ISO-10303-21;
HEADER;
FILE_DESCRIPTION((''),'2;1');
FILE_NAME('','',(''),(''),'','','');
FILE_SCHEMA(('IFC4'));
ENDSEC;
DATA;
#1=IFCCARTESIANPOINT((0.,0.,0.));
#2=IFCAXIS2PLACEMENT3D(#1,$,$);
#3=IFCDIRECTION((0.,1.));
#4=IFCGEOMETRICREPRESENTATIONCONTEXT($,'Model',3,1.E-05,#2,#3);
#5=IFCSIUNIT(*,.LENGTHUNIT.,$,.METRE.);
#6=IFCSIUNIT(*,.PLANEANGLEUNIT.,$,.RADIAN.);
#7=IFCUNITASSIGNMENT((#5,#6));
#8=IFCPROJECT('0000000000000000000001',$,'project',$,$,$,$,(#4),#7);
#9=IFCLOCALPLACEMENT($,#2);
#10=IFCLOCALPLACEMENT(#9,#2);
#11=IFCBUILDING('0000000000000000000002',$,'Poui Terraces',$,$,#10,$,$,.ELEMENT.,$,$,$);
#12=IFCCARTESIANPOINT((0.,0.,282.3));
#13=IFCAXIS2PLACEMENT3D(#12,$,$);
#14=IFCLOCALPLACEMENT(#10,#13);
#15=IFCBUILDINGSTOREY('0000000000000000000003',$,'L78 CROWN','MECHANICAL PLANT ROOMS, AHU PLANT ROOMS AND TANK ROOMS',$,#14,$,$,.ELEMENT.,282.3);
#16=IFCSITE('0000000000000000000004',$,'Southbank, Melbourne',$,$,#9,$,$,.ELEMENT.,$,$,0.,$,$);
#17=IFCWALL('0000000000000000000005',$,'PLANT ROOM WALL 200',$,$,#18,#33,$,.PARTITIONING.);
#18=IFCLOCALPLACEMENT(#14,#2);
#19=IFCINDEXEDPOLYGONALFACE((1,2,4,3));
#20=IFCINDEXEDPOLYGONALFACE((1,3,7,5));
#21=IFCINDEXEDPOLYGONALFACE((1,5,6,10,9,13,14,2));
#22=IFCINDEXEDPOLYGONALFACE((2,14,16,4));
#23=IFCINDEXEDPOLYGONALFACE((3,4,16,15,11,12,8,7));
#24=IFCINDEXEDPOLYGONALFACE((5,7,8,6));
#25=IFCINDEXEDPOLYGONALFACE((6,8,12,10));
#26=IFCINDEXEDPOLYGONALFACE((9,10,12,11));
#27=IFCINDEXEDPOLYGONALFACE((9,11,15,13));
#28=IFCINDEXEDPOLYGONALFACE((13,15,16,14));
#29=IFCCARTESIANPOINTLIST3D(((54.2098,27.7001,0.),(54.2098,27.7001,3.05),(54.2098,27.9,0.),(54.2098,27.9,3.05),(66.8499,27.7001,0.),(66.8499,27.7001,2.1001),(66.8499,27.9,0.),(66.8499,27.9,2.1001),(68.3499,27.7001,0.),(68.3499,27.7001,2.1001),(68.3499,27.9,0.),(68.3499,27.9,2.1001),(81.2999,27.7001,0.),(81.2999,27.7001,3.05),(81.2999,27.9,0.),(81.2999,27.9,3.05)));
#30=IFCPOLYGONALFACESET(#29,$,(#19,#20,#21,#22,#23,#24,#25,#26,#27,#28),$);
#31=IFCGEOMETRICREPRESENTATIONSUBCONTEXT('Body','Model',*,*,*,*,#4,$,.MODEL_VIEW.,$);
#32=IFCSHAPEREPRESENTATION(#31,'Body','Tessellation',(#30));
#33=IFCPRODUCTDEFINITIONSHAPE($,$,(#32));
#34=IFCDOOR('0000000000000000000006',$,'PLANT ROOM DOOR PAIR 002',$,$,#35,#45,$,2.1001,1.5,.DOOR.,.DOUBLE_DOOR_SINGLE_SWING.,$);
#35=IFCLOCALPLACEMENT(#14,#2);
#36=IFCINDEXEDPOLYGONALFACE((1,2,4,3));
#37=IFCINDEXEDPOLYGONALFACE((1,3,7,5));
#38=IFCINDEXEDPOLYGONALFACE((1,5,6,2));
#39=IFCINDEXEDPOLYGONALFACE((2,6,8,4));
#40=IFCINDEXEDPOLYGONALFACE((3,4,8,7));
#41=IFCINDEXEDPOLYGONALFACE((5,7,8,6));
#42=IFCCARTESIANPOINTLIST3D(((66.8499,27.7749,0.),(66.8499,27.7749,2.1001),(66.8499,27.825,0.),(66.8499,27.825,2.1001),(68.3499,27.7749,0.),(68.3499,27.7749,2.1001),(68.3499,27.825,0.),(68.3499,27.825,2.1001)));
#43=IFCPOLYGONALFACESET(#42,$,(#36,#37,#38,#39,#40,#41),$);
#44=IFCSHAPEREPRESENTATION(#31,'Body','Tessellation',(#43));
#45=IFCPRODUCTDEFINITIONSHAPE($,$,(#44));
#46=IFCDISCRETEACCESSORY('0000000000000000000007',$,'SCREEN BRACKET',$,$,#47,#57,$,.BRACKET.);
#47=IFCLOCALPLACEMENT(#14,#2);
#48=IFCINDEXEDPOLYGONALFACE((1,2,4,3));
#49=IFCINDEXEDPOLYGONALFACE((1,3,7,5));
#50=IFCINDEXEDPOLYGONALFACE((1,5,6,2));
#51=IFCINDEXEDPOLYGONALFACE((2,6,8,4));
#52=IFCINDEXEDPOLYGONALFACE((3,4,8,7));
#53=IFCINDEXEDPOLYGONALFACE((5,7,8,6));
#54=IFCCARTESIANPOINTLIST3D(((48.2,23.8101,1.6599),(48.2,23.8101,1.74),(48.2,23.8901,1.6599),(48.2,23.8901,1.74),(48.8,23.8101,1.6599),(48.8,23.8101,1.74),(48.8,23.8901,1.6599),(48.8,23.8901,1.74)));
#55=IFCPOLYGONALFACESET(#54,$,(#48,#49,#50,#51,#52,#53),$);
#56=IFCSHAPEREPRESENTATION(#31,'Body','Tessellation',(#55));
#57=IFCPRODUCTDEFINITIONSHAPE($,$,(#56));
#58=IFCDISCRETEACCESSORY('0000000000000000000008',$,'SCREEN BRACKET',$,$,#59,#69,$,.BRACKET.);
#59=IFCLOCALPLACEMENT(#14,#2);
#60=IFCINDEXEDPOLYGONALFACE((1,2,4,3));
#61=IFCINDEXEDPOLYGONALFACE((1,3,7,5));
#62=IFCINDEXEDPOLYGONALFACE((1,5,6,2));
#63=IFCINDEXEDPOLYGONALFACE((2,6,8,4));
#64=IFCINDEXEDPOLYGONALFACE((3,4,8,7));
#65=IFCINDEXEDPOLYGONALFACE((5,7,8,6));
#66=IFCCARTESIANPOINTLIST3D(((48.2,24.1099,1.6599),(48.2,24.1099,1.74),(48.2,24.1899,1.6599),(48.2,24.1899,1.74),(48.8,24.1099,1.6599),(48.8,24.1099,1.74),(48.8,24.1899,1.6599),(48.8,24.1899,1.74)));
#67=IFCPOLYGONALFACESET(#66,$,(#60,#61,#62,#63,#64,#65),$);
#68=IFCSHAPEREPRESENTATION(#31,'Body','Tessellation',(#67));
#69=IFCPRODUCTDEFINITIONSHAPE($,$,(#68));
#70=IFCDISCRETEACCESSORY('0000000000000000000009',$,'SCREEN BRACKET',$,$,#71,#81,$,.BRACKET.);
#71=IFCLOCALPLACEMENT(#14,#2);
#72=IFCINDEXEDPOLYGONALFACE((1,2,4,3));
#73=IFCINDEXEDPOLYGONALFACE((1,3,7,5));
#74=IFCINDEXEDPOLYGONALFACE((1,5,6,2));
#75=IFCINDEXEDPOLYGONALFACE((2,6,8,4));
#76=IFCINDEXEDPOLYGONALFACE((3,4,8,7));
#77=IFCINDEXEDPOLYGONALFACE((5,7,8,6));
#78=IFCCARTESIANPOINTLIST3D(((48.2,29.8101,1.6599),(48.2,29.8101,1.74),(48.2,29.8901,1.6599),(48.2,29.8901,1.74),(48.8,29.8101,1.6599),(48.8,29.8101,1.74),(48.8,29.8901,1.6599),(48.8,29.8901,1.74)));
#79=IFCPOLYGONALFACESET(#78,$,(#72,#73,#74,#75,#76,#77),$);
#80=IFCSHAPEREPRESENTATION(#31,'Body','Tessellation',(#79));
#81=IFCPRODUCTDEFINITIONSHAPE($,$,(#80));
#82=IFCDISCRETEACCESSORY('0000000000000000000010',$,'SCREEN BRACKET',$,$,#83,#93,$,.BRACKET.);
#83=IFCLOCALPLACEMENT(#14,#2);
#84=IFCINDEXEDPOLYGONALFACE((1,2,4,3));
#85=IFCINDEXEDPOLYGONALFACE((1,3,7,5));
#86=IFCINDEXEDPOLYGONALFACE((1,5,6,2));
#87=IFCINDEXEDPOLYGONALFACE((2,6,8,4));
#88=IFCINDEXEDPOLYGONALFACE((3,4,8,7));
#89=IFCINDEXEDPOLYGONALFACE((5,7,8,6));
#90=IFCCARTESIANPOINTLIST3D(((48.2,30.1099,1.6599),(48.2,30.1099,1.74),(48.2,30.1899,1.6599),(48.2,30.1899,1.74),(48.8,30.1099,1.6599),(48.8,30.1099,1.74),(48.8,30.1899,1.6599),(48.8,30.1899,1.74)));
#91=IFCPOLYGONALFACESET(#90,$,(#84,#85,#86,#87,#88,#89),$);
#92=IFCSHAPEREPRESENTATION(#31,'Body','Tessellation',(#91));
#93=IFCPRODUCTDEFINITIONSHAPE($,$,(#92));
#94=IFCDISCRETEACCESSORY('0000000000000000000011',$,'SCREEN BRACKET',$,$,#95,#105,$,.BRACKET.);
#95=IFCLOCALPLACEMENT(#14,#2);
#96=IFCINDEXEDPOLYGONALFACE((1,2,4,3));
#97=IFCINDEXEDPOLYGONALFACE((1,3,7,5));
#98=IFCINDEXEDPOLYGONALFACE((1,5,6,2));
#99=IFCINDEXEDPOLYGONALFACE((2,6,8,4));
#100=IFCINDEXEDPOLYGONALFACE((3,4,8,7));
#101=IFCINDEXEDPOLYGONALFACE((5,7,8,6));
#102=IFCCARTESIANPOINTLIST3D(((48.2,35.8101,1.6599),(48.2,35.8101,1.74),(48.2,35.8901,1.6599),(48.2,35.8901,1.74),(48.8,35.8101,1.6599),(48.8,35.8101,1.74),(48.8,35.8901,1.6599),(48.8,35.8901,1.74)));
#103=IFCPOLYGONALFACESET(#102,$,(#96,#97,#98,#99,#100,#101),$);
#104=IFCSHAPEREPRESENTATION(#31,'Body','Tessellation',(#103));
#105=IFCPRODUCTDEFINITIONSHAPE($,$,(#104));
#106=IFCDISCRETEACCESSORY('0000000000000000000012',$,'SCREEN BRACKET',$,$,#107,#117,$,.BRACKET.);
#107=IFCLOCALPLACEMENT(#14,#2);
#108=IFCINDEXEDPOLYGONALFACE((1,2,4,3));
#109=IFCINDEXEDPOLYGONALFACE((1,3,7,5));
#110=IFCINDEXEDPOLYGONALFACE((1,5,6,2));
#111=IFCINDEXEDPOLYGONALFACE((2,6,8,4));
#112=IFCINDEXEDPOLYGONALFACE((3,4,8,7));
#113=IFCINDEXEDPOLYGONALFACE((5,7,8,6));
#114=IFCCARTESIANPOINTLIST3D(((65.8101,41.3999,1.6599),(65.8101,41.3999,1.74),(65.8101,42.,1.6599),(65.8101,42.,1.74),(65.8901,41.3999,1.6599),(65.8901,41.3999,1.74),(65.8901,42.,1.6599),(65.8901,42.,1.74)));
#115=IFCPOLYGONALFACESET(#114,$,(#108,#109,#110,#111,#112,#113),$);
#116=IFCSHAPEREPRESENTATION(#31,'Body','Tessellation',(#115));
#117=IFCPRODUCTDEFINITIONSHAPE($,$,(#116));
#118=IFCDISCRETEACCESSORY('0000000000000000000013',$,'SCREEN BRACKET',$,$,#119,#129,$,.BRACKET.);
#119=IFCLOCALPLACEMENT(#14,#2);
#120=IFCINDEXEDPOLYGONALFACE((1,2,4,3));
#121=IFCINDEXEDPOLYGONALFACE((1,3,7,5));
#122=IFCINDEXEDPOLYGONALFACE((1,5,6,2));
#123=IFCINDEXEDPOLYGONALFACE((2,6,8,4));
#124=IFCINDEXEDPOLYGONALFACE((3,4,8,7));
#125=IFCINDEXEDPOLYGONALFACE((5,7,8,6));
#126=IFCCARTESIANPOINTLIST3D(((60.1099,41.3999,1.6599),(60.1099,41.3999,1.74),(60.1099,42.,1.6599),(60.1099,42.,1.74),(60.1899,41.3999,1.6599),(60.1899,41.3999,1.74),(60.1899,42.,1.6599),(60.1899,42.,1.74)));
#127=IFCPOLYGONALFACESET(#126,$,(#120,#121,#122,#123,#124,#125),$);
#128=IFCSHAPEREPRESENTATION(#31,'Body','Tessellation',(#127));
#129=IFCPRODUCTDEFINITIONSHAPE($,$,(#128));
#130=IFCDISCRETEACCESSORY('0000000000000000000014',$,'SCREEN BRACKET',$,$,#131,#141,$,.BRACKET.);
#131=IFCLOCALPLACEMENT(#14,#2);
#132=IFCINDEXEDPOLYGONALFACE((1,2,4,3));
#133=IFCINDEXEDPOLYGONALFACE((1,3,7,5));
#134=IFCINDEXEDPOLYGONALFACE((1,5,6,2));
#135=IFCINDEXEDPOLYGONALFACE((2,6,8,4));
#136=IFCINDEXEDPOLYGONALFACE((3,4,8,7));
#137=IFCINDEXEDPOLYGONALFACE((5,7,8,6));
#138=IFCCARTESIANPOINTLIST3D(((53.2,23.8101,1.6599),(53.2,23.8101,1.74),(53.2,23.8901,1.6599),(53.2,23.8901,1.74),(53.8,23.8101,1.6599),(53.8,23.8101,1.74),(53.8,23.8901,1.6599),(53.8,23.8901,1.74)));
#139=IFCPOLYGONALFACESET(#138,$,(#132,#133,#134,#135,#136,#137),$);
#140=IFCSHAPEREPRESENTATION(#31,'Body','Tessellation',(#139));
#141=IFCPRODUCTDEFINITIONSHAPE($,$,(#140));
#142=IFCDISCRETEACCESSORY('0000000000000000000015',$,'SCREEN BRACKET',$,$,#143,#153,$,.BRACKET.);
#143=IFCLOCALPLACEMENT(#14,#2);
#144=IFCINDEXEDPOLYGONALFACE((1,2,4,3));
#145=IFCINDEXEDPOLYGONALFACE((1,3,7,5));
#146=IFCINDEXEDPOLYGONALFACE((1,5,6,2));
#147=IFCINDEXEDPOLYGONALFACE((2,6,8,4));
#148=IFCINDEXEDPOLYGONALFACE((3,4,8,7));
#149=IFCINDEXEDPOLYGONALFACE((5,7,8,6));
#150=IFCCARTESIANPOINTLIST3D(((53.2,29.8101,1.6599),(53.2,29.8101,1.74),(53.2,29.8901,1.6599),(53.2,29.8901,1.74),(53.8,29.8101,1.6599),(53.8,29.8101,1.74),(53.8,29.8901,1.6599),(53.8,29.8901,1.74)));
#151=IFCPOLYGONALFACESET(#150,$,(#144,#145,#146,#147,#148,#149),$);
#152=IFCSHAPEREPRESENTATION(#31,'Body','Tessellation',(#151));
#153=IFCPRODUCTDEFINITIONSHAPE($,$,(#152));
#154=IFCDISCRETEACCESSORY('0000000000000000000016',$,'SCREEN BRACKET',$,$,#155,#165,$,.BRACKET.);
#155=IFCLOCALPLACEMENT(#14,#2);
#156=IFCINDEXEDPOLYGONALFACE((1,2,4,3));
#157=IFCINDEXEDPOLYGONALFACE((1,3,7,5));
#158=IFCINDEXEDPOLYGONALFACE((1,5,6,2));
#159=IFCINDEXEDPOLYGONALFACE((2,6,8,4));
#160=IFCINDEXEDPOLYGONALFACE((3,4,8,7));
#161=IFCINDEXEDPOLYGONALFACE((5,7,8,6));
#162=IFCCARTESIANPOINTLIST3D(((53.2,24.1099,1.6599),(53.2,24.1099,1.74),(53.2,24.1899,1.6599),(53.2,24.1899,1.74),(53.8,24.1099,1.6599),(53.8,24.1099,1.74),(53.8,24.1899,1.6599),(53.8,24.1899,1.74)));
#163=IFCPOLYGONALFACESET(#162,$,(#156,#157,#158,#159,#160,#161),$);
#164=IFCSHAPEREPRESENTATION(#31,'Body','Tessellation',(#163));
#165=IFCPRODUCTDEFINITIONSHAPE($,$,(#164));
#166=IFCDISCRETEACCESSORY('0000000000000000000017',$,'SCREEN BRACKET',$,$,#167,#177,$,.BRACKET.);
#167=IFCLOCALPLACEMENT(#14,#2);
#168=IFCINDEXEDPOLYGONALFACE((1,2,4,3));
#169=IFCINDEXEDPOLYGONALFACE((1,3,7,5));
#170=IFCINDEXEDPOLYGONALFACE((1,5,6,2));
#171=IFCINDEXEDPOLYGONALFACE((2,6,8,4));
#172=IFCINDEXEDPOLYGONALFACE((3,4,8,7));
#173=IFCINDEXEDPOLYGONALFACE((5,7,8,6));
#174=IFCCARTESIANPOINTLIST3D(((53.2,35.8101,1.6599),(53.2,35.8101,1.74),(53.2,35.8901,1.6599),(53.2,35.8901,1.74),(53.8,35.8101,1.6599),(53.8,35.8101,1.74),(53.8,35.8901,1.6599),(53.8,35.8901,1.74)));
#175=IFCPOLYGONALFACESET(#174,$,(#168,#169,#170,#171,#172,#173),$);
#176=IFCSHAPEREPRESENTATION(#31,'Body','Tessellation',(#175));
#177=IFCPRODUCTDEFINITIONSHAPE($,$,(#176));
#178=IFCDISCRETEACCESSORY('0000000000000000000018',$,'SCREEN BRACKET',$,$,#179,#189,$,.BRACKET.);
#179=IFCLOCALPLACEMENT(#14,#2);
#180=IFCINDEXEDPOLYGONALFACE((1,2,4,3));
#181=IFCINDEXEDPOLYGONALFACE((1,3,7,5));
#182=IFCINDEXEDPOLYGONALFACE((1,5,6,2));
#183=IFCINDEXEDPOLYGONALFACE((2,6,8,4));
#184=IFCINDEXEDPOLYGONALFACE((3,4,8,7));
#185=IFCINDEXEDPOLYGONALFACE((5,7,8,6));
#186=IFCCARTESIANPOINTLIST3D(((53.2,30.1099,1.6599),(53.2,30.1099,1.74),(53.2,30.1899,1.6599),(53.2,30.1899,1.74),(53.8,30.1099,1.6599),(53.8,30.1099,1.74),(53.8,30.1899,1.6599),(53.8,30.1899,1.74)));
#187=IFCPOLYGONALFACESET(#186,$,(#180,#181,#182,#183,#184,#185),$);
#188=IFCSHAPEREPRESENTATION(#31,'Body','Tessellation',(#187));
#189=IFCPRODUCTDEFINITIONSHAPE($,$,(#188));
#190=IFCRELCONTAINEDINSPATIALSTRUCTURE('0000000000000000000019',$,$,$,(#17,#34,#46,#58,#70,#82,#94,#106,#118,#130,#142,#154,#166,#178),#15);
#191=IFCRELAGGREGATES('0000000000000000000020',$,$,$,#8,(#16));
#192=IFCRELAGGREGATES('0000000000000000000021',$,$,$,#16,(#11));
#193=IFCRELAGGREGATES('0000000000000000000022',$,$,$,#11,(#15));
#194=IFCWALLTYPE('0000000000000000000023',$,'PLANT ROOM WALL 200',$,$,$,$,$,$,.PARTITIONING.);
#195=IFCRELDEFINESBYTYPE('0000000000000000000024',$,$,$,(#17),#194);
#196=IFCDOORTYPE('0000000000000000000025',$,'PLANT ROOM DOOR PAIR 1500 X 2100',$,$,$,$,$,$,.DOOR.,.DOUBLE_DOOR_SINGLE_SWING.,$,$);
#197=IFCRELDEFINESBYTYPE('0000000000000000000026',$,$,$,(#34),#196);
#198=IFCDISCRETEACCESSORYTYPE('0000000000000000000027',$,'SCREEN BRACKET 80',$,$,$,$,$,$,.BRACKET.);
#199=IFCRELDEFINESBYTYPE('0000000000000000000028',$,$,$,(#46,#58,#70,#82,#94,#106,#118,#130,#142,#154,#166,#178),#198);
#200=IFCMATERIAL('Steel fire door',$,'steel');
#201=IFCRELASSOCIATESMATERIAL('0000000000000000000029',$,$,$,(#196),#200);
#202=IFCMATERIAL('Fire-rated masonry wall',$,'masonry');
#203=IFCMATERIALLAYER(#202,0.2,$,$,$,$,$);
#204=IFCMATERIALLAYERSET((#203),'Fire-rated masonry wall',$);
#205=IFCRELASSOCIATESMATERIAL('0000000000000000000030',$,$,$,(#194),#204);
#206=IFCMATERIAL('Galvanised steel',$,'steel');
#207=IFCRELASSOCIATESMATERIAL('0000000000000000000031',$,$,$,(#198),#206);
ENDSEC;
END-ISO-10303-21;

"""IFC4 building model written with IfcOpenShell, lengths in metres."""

from ifc_helpers import new_model, si_unit, direction, frame, frame_2d, origin, origin_2d, place, context, subcontext, project, spatial, rectangle, extrude, source, transform, mapped, material, layer, layer_set, material_profile, profile_set, type_object, element, fill, save


model = new_model("IFC4")

# Units and contexts
model_context = context("Model", 3, precision=1e-05, world=origin(), true_north=direction((0.0, 1.0)))
body_context = subcontext(model_context, "Body", "Model", "MODEL_VIEW")
ifc_project = project(units=[si_unit("LENGTHUNIT", "METRE"), si_unit("PLANEANGLEUNIT", "RADIAN")], contexts=[model_context])

# Site, building, storey
site_placement = place(None, origin())
site = spatial("IfcSite", under=ifc_project, at=site_placement, Name="Southbank, Melbourne", CompositionType="ELEMENT", RefElevation=0.0)
building_placement = place(site_placement, origin())
building = spatial("IfcBuilding", under=site, at=building_placement, Name="Poui Terraces", CompositionType="ELEMENT")
storey_placement = place(building_placement, frame((0.0, 0.0, 282.3)))
storey = spatial("IfcBuildingStorey", under=building, at=storey_placement, Name="L78 CROWN", Description="MECHANICAL PLANT ROOMS, AHU PLANT ROOMS AND TANK ROOMS", CompositionType="ELEMENT", Elevation=282.3)

# Shared definitions
ifc_material_1 = material(Name="Steel fire door", Category="steel")
door_type = type_object("IfcDoorType", Name="PLANT ROOM DOOR PAIR 1500 X 2100", OperationType="DOUBLE_DOOR_SINGLE_SWING", PredefinedType="DOOR", material=ifc_material_1)

# Shared definitions
ifc_material_2 = material(Name="Fire-rated masonry wall", Category="masonry")
ifc_layer_1 = layer(ifc_material_2, 0.2)
ifc_layer_set_1 = layer_set([ifc_layer_1], Name="Fire-rated masonry wall")
wall_type_1 = type_object("IfcWallType", Name="PLANT ROOM WALL 200", PredefinedType="PARTITIONING", material=ifc_layer_set_1)

# Wall, opening, door
wall_1_placement = place(storey_placement, frame((54.21, 27.8, 0.0), z_axis=(0.0, 0.0, 1.0), x_axis=(1.0, 0.0, 0.0)))
wall_1 = element("IfcWall", 1, at=wall_1_placement, inside=storey, type_object=wall_type_1, Name="PLANT ROOM WALL 200", PredefinedType="PARTITIONING", context=body_context, shape_type="SweptSolid", body=[
    extrude(rectangle(XDim=27.0901, YDim=0.2, at=frame_2d((13.5449, 0.0))), origin(), (0.0, 0.0, 1.0), 3.05),
])
opening_1_placement = place(wall_1_placement, frame((12.6399, 0.0, 0.0)))
opening_1 = element("IfcOpeningElement", 2, at=opening_1_placement, cuts=wall_1, PredefinedType="OPENING", context=body_context, shape_type="SweptSolid", body=[
    extrude(rectangle(XDim=1.5, YDim=2.1001, at=frame_2d((0.75, 1.05))), frame((0.0, 0.1099, 0.0), z_axis=(0.0, -1.0, 0.0), x_axis=(1.0, 0.0, 0.0)), (0.0, 0.0, 1.0), 0.22),
])
door_1_placement = place(opening_1_placement, origin())
door_1 = element("IfcDoor", 3, at=door_1_placement, inside=storey, type_object=door_type, Name="PLANT ROOM DOOR PAIR 002", OperationType="DOUBLE_DOOR_SINGLE_SWING", OverallHeight=2.1001, OverallWidth=1.5, PredefinedType="DOOR", context=body_context, shape_type="SweptSolid", body=[
    extrude(rectangle(XDim=1.5, YDim=2.1001, at=frame_2d((0.75, 1.05))), frame((0.0, 0.0249, 0.0), z_axis=(0.0, -1.0, 0.0), x_axis=(1.0, 0.0, 0.0)), (0.0, 0.0, 1.0), 0.05),
])
fill(opening_1, door_1)

# Discrete accessories
ifc_material_3 = material(Name="Galvanised steel", Category="steel")
ifc_material_profile_1 = material_profile(ifc_material_3, rectangle(XDim=0.0801, YDim=0.0801, at=origin_2d()), Name="SCREEN BRACKET 80")
ifc_profile_set_1 = profile_set([ifc_material_profile_1], Name="Galvanised steel")
discrete_accessory_type = type_object("IfcDiscreteAccessoryType", Name="SCREEN BRACKET 80", PredefinedType="BRACKET", material=ifc_profile_set_1)
shared_shape_1 = source(origin(), body_context, "Body", "SweptSolid", [
    extrude(rectangle(XDim=0.0801, YDim=0.0801, at=origin_2d()), origin(), (0.0, 0.0, 1.0), 0.6001),
])
for number, where, z_axis, x_axis, name in (
    (4, (48.2, 23.8501, 1.7), (1.0, 0.0, 0.0), (0.0, 1.0, 0.0), "SCREEN BRACKET"),
    (5, (48.2, 24.1499, 1.7), (1.0, 0.0, 0.0), (0.0, 1.0, 0.0), "SCREEN BRACKET"),
    (6, (48.2, 29.8501, 1.7), (1.0, 0.0, 0.0), (0.0, 1.0, 0.0), "SCREEN BRACKET"),
    (7, (48.2, 30.1499, 1.7), (1.0, 0.0, 0.0), (0.0, 1.0, 0.0), "SCREEN BRACKET"),
    (8, (48.2, 35.8501, 1.7), (1.0, 0.0, 0.0), (0.0, 1.0, 0.0), "SCREEN BRACKET"),
    (9, (65.8501, 41.3999, 1.7), (0.0, 1.0, 0.0), (-1.0, 0.0, 0.0), "SCREEN BRACKET"),
    (10, (60.1499, 41.3999, 1.7), (0.0, 1.0, 0.0), (-1.0, 0.0, 0.0), "SCREEN BRACKET"),
    (11, (53.8, 23.8501, 1.7), (-1.0, 0.0, 0.0), (0.0, -1.0, 0.0), "SCREEN BRACKET"),
    (12, (53.8, 29.8501, 1.7), (-1.0, 0.0, 0.0), (0.0, -1.0, 0.0), "SCREEN BRACKET"),
    (13, (53.8, 24.1499, 1.7), (-1.0, 0.0, 0.0), (0.0, -1.0, 0.0), "SCREEN BRACKET"),
    (14, (53.8, 35.8501, 1.7), (-1.0, 0.0, 0.0), (0.0, -1.0, 0.0), "SCREEN BRACKET"),
    (15, (53.8, 30.1499, 1.7), (-1.0, 0.0, 0.0), (0.0, -1.0, 0.0), "SCREEN BRACKET"),
):
    element("IfcDiscreteAccessory", number, at=place(storey_placement, frame(where, z_axis=z_axis, x_axis=x_axis)), inside=storey, type_object=discrete_accessory_type, Name=name, PredefinedType="BRACKET", context=body_context, shape_type="MappedRepresentation", body=[
        mapped(shared_shape_1, transform((0.0, 0.0, 0.0))),
    ])

save(model, "model.ifc")
